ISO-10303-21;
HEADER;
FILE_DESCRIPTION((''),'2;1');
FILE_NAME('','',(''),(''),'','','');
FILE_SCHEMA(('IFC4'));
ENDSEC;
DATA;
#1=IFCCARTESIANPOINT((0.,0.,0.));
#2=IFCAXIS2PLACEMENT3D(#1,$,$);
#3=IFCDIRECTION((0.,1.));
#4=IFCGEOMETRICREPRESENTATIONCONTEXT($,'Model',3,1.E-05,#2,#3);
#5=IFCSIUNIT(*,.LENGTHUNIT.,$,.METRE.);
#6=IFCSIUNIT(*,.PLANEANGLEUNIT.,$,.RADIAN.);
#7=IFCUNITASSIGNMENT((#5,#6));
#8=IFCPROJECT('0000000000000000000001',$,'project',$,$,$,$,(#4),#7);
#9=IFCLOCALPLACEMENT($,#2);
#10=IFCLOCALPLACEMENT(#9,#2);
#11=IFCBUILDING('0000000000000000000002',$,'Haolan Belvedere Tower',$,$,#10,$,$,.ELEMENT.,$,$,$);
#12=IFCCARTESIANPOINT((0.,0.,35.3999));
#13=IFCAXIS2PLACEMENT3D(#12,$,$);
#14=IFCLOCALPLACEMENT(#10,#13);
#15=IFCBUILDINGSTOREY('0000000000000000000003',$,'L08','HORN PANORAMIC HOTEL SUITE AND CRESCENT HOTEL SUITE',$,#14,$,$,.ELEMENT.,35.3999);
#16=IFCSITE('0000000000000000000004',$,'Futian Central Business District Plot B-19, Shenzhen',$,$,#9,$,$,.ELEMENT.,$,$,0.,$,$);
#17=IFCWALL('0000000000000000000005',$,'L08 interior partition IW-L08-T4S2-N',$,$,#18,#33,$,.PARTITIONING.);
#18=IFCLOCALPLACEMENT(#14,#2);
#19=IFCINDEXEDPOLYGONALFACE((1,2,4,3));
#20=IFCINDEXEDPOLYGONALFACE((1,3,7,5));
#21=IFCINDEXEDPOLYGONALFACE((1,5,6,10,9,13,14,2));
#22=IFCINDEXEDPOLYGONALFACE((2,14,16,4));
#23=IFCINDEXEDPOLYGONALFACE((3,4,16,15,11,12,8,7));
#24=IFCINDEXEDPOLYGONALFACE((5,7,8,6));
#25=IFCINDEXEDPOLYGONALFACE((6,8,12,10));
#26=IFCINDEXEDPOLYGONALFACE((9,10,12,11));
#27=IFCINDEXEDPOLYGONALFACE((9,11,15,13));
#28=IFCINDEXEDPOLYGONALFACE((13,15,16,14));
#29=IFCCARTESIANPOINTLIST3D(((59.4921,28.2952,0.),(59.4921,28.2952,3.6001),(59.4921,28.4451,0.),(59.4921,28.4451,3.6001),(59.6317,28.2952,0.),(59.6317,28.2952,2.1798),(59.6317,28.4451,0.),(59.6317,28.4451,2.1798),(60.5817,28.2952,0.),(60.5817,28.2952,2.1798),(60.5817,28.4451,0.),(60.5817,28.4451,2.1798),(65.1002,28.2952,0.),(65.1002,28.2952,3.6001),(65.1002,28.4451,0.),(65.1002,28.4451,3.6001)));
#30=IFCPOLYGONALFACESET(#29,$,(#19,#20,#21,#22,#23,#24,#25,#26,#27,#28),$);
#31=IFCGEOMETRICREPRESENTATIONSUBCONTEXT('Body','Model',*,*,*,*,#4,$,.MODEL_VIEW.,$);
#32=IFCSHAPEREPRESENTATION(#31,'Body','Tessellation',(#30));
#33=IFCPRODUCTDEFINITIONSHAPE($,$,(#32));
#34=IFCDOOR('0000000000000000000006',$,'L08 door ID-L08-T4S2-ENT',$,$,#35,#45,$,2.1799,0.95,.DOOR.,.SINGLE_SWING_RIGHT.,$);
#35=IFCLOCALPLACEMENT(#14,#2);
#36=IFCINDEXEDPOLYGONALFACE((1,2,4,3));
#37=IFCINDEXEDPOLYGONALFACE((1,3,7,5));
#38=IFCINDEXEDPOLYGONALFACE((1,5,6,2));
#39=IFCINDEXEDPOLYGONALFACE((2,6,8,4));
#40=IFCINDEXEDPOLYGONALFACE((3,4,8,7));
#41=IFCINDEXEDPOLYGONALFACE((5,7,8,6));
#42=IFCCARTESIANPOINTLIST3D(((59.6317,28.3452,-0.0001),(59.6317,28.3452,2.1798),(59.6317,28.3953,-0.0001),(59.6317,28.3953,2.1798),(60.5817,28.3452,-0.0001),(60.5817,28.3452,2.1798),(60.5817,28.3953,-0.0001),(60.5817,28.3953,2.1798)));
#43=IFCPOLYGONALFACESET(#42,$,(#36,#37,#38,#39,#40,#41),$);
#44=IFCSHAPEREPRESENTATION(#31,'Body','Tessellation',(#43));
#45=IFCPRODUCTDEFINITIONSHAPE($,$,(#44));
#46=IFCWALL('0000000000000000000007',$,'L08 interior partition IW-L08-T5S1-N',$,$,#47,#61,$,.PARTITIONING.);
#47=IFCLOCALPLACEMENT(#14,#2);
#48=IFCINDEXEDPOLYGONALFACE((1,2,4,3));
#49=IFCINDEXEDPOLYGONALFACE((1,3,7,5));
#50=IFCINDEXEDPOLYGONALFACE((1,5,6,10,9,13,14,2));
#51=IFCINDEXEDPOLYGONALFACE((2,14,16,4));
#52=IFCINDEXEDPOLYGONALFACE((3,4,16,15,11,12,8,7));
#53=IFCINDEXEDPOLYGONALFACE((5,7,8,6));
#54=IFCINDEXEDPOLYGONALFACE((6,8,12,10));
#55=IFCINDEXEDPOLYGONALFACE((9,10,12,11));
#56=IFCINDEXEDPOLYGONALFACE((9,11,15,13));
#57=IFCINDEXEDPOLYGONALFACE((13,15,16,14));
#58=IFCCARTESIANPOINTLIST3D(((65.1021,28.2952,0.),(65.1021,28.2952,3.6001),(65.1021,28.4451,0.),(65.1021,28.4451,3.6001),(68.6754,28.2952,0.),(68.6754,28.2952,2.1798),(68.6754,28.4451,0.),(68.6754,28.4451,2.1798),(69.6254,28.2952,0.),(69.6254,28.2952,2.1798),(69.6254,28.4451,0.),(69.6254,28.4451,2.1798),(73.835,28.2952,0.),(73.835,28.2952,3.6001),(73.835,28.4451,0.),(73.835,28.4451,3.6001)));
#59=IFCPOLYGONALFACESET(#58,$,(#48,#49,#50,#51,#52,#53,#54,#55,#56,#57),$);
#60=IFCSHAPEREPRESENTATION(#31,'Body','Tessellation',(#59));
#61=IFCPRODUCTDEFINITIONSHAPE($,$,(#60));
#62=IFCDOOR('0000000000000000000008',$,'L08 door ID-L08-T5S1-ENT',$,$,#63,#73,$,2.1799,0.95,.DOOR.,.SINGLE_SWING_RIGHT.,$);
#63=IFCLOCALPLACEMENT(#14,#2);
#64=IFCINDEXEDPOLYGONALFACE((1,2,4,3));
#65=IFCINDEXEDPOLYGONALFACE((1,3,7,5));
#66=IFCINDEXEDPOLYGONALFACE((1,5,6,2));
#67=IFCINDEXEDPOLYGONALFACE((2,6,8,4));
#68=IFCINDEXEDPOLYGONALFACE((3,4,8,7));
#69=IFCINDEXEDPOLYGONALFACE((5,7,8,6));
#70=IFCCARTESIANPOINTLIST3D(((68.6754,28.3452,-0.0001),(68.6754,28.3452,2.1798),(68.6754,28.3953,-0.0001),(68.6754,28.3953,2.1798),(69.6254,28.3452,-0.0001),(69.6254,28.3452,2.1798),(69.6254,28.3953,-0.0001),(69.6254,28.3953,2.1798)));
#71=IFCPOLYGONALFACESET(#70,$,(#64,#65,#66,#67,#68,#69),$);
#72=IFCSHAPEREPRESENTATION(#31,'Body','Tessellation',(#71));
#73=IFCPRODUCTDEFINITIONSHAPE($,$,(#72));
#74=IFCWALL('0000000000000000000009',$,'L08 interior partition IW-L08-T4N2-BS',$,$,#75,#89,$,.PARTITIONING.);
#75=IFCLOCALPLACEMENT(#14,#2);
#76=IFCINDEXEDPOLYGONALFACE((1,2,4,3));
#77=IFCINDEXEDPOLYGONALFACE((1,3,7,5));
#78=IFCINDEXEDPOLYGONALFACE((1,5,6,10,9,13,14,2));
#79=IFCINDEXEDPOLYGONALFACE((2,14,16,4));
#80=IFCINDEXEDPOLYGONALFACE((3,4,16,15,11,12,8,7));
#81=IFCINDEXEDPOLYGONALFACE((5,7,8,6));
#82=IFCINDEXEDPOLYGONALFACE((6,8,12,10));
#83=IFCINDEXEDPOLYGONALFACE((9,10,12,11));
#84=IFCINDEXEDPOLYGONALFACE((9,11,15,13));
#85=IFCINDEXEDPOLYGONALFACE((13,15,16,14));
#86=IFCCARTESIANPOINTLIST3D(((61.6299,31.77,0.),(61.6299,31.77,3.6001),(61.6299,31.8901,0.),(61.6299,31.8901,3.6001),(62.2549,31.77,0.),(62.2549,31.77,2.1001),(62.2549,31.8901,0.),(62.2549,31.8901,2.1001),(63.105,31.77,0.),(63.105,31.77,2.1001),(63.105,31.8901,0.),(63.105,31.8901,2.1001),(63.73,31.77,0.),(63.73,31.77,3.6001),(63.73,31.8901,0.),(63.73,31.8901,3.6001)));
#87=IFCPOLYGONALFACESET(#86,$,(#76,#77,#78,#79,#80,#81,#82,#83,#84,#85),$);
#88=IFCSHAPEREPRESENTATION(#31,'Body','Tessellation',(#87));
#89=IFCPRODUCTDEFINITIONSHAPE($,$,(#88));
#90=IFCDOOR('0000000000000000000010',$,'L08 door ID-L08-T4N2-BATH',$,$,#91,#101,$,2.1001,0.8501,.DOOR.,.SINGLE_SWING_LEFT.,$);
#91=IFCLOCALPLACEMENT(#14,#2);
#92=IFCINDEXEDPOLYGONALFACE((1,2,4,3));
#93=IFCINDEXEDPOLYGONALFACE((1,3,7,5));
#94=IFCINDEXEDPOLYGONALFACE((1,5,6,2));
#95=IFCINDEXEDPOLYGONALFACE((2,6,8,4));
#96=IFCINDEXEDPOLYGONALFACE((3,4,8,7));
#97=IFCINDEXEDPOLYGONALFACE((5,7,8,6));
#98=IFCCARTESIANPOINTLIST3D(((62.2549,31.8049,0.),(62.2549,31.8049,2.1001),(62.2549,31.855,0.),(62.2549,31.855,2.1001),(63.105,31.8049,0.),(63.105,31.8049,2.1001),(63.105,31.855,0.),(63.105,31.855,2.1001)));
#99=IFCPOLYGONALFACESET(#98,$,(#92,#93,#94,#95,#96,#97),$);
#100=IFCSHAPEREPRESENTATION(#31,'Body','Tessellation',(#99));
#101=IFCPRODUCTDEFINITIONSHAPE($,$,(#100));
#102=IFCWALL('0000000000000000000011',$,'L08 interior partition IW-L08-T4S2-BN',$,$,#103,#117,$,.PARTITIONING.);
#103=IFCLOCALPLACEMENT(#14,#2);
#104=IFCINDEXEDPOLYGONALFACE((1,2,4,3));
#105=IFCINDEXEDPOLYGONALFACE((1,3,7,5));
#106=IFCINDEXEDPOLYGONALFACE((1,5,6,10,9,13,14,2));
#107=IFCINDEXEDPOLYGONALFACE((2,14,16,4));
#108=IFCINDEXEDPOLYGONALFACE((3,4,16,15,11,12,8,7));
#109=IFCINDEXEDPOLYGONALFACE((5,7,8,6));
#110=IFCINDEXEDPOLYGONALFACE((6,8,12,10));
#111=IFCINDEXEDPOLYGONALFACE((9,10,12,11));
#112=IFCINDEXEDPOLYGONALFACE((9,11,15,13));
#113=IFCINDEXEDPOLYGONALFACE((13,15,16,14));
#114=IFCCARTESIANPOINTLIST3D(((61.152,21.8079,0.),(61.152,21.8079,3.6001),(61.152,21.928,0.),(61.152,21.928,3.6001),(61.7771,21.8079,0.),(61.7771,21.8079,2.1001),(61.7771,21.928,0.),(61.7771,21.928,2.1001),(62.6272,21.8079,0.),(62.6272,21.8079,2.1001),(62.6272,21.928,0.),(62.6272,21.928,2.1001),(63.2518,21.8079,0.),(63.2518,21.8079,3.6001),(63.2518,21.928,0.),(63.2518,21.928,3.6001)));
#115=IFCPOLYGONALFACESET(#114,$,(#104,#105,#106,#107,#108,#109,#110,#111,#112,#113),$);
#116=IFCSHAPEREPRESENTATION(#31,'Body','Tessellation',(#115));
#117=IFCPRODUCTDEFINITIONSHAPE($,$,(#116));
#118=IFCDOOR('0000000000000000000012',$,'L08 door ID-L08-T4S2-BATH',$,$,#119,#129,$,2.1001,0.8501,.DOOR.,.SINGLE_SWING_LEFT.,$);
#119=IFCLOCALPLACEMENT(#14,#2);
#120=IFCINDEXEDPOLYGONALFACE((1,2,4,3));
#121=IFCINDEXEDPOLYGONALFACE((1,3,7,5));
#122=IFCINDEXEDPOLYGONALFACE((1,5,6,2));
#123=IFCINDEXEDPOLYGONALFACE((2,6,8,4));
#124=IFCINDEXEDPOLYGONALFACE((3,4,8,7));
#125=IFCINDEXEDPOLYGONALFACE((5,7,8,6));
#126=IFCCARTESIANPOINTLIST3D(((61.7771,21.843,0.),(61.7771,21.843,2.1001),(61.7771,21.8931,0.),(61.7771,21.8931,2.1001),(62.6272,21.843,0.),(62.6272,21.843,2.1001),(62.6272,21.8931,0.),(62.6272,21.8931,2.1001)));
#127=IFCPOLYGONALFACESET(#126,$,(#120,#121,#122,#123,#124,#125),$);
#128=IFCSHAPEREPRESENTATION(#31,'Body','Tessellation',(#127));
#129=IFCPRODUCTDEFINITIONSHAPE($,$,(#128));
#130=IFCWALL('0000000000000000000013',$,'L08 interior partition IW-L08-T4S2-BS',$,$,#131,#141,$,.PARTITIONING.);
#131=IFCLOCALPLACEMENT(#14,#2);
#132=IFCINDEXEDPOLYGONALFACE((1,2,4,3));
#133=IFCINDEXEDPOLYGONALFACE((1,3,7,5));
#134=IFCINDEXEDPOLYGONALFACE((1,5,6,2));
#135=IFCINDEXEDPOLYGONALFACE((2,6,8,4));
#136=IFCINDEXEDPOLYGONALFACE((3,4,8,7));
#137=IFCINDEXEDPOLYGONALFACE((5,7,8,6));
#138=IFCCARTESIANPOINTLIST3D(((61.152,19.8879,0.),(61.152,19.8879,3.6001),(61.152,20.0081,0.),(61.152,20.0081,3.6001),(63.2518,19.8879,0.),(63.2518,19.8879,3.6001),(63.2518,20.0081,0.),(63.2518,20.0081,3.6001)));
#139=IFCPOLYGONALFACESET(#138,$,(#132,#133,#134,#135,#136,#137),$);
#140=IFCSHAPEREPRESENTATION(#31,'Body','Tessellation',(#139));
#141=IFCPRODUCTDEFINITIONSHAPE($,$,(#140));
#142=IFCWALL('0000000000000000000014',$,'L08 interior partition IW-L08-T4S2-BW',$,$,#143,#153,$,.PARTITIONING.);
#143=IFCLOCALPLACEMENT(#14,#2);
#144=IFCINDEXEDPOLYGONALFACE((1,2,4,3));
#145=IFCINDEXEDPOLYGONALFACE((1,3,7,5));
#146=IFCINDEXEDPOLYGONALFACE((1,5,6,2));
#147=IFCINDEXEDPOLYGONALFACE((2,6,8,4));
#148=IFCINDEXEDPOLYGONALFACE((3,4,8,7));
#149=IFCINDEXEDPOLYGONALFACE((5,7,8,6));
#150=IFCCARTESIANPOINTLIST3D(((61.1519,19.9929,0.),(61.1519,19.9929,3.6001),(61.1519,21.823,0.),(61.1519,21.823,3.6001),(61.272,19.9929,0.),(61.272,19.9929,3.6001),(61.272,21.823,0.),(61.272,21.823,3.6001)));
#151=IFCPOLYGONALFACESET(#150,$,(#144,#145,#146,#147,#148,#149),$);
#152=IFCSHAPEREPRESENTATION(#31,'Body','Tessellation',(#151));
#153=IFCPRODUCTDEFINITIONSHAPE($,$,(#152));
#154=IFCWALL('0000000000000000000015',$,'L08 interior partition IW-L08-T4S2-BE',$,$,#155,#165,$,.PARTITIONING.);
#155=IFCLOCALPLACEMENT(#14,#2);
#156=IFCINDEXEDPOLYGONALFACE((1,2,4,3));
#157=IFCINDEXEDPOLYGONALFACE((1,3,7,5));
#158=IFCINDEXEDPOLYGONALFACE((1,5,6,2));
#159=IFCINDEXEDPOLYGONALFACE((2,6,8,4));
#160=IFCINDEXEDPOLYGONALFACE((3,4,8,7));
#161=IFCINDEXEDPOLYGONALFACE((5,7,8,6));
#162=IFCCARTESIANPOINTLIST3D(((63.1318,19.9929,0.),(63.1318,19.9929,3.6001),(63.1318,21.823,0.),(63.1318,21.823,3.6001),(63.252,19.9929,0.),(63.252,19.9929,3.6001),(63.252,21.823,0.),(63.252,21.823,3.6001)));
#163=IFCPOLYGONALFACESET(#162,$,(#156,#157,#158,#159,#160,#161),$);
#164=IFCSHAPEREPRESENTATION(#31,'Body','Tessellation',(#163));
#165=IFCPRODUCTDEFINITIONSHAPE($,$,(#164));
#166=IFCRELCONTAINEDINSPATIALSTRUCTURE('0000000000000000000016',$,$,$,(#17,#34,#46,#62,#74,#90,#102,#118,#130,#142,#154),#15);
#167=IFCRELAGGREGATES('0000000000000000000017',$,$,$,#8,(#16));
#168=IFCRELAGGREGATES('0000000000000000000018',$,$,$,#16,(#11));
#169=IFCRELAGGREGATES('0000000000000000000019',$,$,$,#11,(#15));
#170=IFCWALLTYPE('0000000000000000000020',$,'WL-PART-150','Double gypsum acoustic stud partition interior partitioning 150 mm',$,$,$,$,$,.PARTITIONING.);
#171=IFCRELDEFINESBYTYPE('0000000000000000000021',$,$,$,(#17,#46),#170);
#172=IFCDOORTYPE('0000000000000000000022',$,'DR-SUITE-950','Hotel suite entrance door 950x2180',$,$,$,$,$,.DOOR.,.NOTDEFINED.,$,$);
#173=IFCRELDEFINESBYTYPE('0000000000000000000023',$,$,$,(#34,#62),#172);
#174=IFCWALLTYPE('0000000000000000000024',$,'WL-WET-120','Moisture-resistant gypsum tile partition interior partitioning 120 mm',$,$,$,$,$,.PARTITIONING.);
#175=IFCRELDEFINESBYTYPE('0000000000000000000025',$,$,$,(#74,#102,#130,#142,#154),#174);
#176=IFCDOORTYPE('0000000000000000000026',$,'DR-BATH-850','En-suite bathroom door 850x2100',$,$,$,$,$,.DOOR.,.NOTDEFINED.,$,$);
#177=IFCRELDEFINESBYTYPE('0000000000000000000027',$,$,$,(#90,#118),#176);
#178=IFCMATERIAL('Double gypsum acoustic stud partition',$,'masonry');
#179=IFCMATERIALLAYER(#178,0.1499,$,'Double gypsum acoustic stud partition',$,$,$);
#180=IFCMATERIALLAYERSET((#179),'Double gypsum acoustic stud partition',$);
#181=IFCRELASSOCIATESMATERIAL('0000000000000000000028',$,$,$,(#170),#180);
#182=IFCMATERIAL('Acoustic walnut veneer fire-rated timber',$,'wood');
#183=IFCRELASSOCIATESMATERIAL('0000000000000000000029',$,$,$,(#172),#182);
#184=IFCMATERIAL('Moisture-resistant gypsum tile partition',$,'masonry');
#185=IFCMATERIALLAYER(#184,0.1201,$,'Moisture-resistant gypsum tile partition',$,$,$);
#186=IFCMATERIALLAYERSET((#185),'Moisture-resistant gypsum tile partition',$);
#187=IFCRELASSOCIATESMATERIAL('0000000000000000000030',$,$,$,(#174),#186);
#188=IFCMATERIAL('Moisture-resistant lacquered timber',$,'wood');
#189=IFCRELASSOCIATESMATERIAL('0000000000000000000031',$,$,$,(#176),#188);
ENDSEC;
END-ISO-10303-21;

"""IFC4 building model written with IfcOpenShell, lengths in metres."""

from ifc_helpers import new_model, si_unit, direction, frame, frame_2d, origin, place, context, subcontext, project, spatial, rectangle, extrude, material, layer, layer_set, type_object, element, fill, save


model = new_model("IFC4")

# Units and contexts
model_context = context("Model", 3, precision=1e-05, world=origin(), true_north=direction((0.0, 1.0)))
body_context = subcontext(model_context, "Body", "Model", "MODEL_VIEW")
ifc_project = project(units=[si_unit("LENGTHUNIT", "METRE"), si_unit("PLANEANGLEUNIT", "RADIAN")], contexts=[model_context])

# Site, building, storey
site_placement = place(None, origin())
site = spatial("IfcSite", under=ifc_project, at=site_placement, Name="Futian Central Business District Plot B-19, Shenzhen", CompositionType="ELEMENT", RefElevation=0.0)
building_placement = place(site_placement, origin())
building = spatial("IfcBuilding", under=site, at=building_placement, Name="Haolan Belvedere Tower", CompositionType="ELEMENT")
storey_placement = place(building_placement, frame((0.0, 0.0, 35.3999)))
storey = spatial("IfcBuildingStorey", under=building, at=storey_placement, Name="L08", Description="HORN PANORAMIC HOTEL SUITE AND CRESCENT HOTEL SUITE", CompositionType="ELEMENT", Elevation=35.3999)

# Shared definitions
ifc_material_1 = material(Name="Double gypsum acoustic stud partition", Category="masonry")
ifc_layer_1 = layer(ifc_material_1, 0.1499, Name="Double gypsum acoustic stud partition")
ifc_layer_set_1 = layer_set([ifc_layer_1], Name="Double gypsum acoustic stud partition")
wall_type_1 = type_object("IfcWallType", Name="WL-PART-150", Description="Double gypsum acoustic stud partition interior partitioning 150 mm", PredefinedType="PARTITIONING", material=ifc_layer_set_1)

# Walls, openings, doors
wall_1_placement = place(storey_placement, frame((59.4919, 28.3701, 0.0), z_axis=(0.0, 0.0, 1.0), x_axis=(1.0, 0.0, 0.0)))
wall_1 = element("IfcWall", 1, at=wall_1_placement, inside=storey, type_object=wall_type_1, Name="L08 interior partition IW-L08-T4S2-N", PredefinedType="PARTITIONING", context=body_context, shape_type="SweptSolid", body=[
    extrude(rectangle(XDim=5.6082, YDim=0.1499, at=frame_2d((2.8042, 0.0))), origin(), (0.0, 0.0, 1.0), 3.6001),
])
opening_1_placement = place(wall_1_placement, frame((1.0898, 0.0, 0.0), z_axis=(0.0, 0.0, 1.0), x_axis=(-1.0, 0.0, 0.0)))
opening_1 = element("IfcOpeningElement", 2, at=opening_1_placement, cuts=wall_1, PredefinedType="OPENING", context=body_context, shape_type="SweptSolid", body=[
    extrude(rectangle(XDim=0.95, YDim=2.1799, at=frame_2d((0.4751, 1.0898))), frame((0.0, 0.085, 0.0), z_axis=(0.0, -1.0, 0.0), x_axis=(1.0, 0.0, 0.0)), (0.0, 0.0, 1.0), 0.1699),
])
ifc_material_2 = material(Name="Acoustic walnut veneer fire-rated timber", Category="wood")
door_type_1 = type_object("IfcDoorType", Name="DR-SUITE-950", Description="Hotel suite entrance door 950x2180", OperationType="NOTDEFINED", PredefinedType="DOOR", material=ifc_material_2)
door_1_placement = place(opening_1_placement, origin())
door_1 = element("IfcDoor", 3, at=door_1_placement, inside=storey, type_object=door_type_1, Name="L08 door ID-L08-T4S2-ENT", OperationType="SINGLE_SWING_RIGHT", OverallHeight=2.1799, OverallWidth=0.95, PredefinedType="DOOR", context=body_context, shape_type="SweptSolid", body=[
    extrude(rectangle(XDim=0.95, YDim=2.1799, at=frame_2d((0.4751, 1.0898))), frame((0.0, 0.0249, 0.0), z_axis=(0.0, -1.0, 0.0), x_axis=(1.0, 0.0, 0.0)), (0.0, 0.0, 1.0), 0.05),
])
fill(opening_1, door_1)
wall_2_placement = place(storey_placement, frame((65.1021, 28.3701, 0.0), z_axis=(0.0, 0.0, 1.0), x_axis=(1.0, 0.0, 0.0)))
wall_2 = element("IfcWall", 4, at=wall_2_placement, inside=storey, type_object=wall_type_1, Name="L08 interior partition IW-L08-T5S1-N", PredefinedType="PARTITIONING", context=body_context, shape_type="SweptSolid", body=[
    extrude(rectangle(XDim=8.7329, YDim=0.1499, at=frame_2d((4.3665, 0.0))), origin(), (0.0, 0.0, 1.0), 3.6001),
])
opening_2_placement = place(wall_2_placement, frame((4.5234, 0.0, 0.0), z_axis=(0.0, 0.0, 1.0), x_axis=(-1.0, 0.0, 0.0)))
opening_2 = element("IfcOpeningElement", 5, at=opening_2_placement, cuts=wall_2, PredefinedType="OPENING", context=body_context, shape_type="SweptSolid", body=[
    extrude(rectangle(XDim=0.95, YDim=2.1799, at=frame_2d((0.4751, 1.0898))), frame((0.0, 0.085, 0.0), z_axis=(0.0, -1.0, 0.0), x_axis=(1.0, 0.0, 0.0)), (0.0, 0.0, 1.0), 0.1699),
])
door_2_placement = place(opening_2_placement, origin())
door_2 = element("IfcDoor", 6, at=door_2_placement, inside=storey, type_object=door_type_1, Name="L08 door ID-L08-T5S1-ENT", OperationType="SINGLE_SWING_RIGHT", OverallHeight=2.1799, OverallWidth=0.95, PredefinedType="DOOR", context=body_context, shape_type="SweptSolid", body=[
    extrude(rectangle(XDim=0.95, YDim=2.1799, at=frame_2d((0.4751, 1.0898))), frame((0.0, 0.0249, 0.0), z_axis=(0.0, -1.0, 0.0), x_axis=(1.0, 0.0, 0.0)), (0.0, 0.0, 1.0), 0.05),
])
fill(opening_2, door_2)
ifc_material_3 = material(Name="Moisture-resistant gypsum tile partition", Category="masonry")
ifc_layer_2 = layer(ifc_material_3, 0.1201, Name="Moisture-resistant gypsum tile partition")
ifc_layer_set_2 = layer_set([ifc_layer_2], Name="Moisture-resistant gypsum tile partition")
wall_type_2 = type_object("IfcWallType", Name="WL-WET-120", Description="Moisture-resistant gypsum tile partition interior partitioning 120 mm", PredefinedType="PARTITIONING", material=ifc_layer_set_2)
wall_3_placement = place(storey_placement, frame((61.6299, 31.8301, 0.0), z_axis=(0.0, 0.0, 1.0), x_axis=(1.0, 0.0, 0.0)))
wall_3 = element("IfcWall", 7, at=wall_3_placement, inside=storey, type_object=wall_type_2, Name="L08 interior partition IW-L08-T4N2-BS", PredefinedType="PARTITIONING", context=body_context, shape_type="SweptSolid", body=[
    extrude(rectangle(XDim=2.1001, YDim=0.1201, at=frame_2d((1.05, 0.0))), origin(), (0.0, 0.0, 1.0), 3.6001),
])
opening_3_placement = place(wall_3_placement, frame((0.625, 0.0, 0.0)))
opening_3 = element("IfcOpeningElement", 8, at=opening_3_placement, cuts=wall_3, PredefinedType="OPENING", context=body_context, shape_type="SweptSolid", body=[
    extrude(rectangle(XDim=0.8501, YDim=2.1001, at=frame_2d((0.425, 1.05))), frame((0.0, 0.0701, 0.0), z_axis=(0.0, -1.0, 0.0), x_axis=(1.0, 0.0, 0.0)), (0.0, 0.0, 1.0), 0.1401),
])
ifc_material_4 = material(Name="Moisture-resistant lacquered timber", Category="wood")
door_type_2 = type_object("IfcDoorType", Name="DR-BATH-850", Description="En-suite bathroom door 850x2100", OperationType="NOTDEFINED", PredefinedType="DOOR", material=ifc_material_4)
door_3_placement = place(opening_3_placement, origin())
door_3 = element("IfcDoor", 9, at=door_3_placement, inside=storey, type_object=door_type_2, Name="L08 door ID-L08-T4N2-BATH", OperationType="SINGLE_SWING_LEFT", OverallHeight=2.1001, OverallWidth=0.8501, PredefinedType="DOOR", context=body_context, shape_type="SweptSolid", body=[
    extrude(rectangle(XDim=0.8501, YDim=2.1001, at=frame_2d((0.425, 1.05))), frame((0.0, 0.0249, 0.0), z_axis=(0.0, -1.0, 0.0), x_axis=(1.0, 0.0, 0.0)), (0.0, 0.0, 1.0), 0.05),
])
fill(opening_3, door_3)
wall_4_placement = place(storey_placement, frame((61.1521, 21.8679, 0.0), z_axis=(0.0, 0.0, 1.0), x_axis=(1.0, 0.0, 0.0)))
wall_4 = element("IfcWall", 10, at=wall_4_placement, inside=storey, type_object=wall_type_2, Name="L08 interior partition IW-L08-T4S2-BN", PredefinedType="PARTITIONING", context=body_context, shape_type="SweptSolid", body=[
    extrude(rectangle(XDim=2.0999, YDim=0.1201, at=frame_2d((1.0498, 0.0))), origin(), (0.0, 0.0, 1.0), 3.6001),
])
opening_4_placement = place(wall_4_placement, frame((1.4751, 0.0, 0.0), z_axis=(0.0, 0.0, 1.0), x_axis=(-1.0, 0.0, 0.0)))
opening_4 = element("IfcOpeningElement", 11, at=opening_4_placement, cuts=wall_4, PredefinedType="OPENING", context=body_context, shape_type="SweptSolid", body=[
    extrude(rectangle(XDim=0.8501, YDim=2.1001, at=frame_2d((0.425, 1.05))), frame((0.0, 0.0701, 0.0), z_axis=(0.0, -1.0, 0.0), x_axis=(1.0, 0.0, 0.0)), (0.0, 0.0, 1.0), 0.1401),
])
door_4_placement = place(opening_4_placement, origin())
door_4 = element("IfcDoor", 12, at=door_4_placement, inside=storey, type_object=door_type_2, Name="L08 door ID-L08-T4S2-BATH", OperationType="SINGLE_SWING_LEFT", OverallHeight=2.1001, OverallWidth=0.8501, PredefinedType="DOOR", context=body_context, shape_type="SweptSolid", body=[
    extrude(rectangle(XDim=0.8501, YDim=2.1001, at=frame_2d((0.425, 1.05))), frame((0.0, 0.0249, 0.0), z_axis=(0.0, -1.0, 0.0), x_axis=(1.0, 0.0, 0.0)), (0.0, 0.0, 1.0), 0.05),
])
fill(opening_4, door_4)

# Walls
wall_5_placement = place(storey_placement, frame((61.1521, 19.948, 0.0), z_axis=(0.0, 0.0, 1.0), x_axis=(1.0, 0.0, 0.0)))
element("IfcWall", 13, at=wall_5_placement, inside=storey, type_object=wall_type_2, Name="L08 interior partition IW-L08-T4S2-BS", PredefinedType="PARTITIONING", context=body_context, shape_type="SweptSolid", body=[
    extrude(rectangle(XDim=2.0999, YDim=0.1201, at=frame_2d((1.0498, 0.0))), origin(), (0.0, 0.0, 1.0), 3.6001),
])
for number, where, z_axis, x_axis, name in (
    (14, (61.2119, 19.9929, 0.0), (0.0, 0.0, 1.0), (0.0, 1.0, 0.0), "L08 interior partition IW-L08-T4S2-BW"),
    (15, (63.1919, 19.9929, 0.0), (0.0, 0.0, 1.0), (0.0, 1.0, 0.0), "L08 interior partition IW-L08-T4S2-BE"),
):
    element("IfcWall", number, at=place(storey_placement, frame(where, z_axis=z_axis, x_axis=x_axis)), inside=storey, type_object=wall_type_2, Name=name, PredefinedType="PARTITIONING", context=body_context, shape_type="SweptSolid", body=[
        extrude(rectangle(XDim=1.8301, YDim=0.1201, at=frame_2d((0.915, 0.0))), origin(), (0.0, 0.0, 1.0), 3.6001),
    ])

save(model, "model.ifc")
